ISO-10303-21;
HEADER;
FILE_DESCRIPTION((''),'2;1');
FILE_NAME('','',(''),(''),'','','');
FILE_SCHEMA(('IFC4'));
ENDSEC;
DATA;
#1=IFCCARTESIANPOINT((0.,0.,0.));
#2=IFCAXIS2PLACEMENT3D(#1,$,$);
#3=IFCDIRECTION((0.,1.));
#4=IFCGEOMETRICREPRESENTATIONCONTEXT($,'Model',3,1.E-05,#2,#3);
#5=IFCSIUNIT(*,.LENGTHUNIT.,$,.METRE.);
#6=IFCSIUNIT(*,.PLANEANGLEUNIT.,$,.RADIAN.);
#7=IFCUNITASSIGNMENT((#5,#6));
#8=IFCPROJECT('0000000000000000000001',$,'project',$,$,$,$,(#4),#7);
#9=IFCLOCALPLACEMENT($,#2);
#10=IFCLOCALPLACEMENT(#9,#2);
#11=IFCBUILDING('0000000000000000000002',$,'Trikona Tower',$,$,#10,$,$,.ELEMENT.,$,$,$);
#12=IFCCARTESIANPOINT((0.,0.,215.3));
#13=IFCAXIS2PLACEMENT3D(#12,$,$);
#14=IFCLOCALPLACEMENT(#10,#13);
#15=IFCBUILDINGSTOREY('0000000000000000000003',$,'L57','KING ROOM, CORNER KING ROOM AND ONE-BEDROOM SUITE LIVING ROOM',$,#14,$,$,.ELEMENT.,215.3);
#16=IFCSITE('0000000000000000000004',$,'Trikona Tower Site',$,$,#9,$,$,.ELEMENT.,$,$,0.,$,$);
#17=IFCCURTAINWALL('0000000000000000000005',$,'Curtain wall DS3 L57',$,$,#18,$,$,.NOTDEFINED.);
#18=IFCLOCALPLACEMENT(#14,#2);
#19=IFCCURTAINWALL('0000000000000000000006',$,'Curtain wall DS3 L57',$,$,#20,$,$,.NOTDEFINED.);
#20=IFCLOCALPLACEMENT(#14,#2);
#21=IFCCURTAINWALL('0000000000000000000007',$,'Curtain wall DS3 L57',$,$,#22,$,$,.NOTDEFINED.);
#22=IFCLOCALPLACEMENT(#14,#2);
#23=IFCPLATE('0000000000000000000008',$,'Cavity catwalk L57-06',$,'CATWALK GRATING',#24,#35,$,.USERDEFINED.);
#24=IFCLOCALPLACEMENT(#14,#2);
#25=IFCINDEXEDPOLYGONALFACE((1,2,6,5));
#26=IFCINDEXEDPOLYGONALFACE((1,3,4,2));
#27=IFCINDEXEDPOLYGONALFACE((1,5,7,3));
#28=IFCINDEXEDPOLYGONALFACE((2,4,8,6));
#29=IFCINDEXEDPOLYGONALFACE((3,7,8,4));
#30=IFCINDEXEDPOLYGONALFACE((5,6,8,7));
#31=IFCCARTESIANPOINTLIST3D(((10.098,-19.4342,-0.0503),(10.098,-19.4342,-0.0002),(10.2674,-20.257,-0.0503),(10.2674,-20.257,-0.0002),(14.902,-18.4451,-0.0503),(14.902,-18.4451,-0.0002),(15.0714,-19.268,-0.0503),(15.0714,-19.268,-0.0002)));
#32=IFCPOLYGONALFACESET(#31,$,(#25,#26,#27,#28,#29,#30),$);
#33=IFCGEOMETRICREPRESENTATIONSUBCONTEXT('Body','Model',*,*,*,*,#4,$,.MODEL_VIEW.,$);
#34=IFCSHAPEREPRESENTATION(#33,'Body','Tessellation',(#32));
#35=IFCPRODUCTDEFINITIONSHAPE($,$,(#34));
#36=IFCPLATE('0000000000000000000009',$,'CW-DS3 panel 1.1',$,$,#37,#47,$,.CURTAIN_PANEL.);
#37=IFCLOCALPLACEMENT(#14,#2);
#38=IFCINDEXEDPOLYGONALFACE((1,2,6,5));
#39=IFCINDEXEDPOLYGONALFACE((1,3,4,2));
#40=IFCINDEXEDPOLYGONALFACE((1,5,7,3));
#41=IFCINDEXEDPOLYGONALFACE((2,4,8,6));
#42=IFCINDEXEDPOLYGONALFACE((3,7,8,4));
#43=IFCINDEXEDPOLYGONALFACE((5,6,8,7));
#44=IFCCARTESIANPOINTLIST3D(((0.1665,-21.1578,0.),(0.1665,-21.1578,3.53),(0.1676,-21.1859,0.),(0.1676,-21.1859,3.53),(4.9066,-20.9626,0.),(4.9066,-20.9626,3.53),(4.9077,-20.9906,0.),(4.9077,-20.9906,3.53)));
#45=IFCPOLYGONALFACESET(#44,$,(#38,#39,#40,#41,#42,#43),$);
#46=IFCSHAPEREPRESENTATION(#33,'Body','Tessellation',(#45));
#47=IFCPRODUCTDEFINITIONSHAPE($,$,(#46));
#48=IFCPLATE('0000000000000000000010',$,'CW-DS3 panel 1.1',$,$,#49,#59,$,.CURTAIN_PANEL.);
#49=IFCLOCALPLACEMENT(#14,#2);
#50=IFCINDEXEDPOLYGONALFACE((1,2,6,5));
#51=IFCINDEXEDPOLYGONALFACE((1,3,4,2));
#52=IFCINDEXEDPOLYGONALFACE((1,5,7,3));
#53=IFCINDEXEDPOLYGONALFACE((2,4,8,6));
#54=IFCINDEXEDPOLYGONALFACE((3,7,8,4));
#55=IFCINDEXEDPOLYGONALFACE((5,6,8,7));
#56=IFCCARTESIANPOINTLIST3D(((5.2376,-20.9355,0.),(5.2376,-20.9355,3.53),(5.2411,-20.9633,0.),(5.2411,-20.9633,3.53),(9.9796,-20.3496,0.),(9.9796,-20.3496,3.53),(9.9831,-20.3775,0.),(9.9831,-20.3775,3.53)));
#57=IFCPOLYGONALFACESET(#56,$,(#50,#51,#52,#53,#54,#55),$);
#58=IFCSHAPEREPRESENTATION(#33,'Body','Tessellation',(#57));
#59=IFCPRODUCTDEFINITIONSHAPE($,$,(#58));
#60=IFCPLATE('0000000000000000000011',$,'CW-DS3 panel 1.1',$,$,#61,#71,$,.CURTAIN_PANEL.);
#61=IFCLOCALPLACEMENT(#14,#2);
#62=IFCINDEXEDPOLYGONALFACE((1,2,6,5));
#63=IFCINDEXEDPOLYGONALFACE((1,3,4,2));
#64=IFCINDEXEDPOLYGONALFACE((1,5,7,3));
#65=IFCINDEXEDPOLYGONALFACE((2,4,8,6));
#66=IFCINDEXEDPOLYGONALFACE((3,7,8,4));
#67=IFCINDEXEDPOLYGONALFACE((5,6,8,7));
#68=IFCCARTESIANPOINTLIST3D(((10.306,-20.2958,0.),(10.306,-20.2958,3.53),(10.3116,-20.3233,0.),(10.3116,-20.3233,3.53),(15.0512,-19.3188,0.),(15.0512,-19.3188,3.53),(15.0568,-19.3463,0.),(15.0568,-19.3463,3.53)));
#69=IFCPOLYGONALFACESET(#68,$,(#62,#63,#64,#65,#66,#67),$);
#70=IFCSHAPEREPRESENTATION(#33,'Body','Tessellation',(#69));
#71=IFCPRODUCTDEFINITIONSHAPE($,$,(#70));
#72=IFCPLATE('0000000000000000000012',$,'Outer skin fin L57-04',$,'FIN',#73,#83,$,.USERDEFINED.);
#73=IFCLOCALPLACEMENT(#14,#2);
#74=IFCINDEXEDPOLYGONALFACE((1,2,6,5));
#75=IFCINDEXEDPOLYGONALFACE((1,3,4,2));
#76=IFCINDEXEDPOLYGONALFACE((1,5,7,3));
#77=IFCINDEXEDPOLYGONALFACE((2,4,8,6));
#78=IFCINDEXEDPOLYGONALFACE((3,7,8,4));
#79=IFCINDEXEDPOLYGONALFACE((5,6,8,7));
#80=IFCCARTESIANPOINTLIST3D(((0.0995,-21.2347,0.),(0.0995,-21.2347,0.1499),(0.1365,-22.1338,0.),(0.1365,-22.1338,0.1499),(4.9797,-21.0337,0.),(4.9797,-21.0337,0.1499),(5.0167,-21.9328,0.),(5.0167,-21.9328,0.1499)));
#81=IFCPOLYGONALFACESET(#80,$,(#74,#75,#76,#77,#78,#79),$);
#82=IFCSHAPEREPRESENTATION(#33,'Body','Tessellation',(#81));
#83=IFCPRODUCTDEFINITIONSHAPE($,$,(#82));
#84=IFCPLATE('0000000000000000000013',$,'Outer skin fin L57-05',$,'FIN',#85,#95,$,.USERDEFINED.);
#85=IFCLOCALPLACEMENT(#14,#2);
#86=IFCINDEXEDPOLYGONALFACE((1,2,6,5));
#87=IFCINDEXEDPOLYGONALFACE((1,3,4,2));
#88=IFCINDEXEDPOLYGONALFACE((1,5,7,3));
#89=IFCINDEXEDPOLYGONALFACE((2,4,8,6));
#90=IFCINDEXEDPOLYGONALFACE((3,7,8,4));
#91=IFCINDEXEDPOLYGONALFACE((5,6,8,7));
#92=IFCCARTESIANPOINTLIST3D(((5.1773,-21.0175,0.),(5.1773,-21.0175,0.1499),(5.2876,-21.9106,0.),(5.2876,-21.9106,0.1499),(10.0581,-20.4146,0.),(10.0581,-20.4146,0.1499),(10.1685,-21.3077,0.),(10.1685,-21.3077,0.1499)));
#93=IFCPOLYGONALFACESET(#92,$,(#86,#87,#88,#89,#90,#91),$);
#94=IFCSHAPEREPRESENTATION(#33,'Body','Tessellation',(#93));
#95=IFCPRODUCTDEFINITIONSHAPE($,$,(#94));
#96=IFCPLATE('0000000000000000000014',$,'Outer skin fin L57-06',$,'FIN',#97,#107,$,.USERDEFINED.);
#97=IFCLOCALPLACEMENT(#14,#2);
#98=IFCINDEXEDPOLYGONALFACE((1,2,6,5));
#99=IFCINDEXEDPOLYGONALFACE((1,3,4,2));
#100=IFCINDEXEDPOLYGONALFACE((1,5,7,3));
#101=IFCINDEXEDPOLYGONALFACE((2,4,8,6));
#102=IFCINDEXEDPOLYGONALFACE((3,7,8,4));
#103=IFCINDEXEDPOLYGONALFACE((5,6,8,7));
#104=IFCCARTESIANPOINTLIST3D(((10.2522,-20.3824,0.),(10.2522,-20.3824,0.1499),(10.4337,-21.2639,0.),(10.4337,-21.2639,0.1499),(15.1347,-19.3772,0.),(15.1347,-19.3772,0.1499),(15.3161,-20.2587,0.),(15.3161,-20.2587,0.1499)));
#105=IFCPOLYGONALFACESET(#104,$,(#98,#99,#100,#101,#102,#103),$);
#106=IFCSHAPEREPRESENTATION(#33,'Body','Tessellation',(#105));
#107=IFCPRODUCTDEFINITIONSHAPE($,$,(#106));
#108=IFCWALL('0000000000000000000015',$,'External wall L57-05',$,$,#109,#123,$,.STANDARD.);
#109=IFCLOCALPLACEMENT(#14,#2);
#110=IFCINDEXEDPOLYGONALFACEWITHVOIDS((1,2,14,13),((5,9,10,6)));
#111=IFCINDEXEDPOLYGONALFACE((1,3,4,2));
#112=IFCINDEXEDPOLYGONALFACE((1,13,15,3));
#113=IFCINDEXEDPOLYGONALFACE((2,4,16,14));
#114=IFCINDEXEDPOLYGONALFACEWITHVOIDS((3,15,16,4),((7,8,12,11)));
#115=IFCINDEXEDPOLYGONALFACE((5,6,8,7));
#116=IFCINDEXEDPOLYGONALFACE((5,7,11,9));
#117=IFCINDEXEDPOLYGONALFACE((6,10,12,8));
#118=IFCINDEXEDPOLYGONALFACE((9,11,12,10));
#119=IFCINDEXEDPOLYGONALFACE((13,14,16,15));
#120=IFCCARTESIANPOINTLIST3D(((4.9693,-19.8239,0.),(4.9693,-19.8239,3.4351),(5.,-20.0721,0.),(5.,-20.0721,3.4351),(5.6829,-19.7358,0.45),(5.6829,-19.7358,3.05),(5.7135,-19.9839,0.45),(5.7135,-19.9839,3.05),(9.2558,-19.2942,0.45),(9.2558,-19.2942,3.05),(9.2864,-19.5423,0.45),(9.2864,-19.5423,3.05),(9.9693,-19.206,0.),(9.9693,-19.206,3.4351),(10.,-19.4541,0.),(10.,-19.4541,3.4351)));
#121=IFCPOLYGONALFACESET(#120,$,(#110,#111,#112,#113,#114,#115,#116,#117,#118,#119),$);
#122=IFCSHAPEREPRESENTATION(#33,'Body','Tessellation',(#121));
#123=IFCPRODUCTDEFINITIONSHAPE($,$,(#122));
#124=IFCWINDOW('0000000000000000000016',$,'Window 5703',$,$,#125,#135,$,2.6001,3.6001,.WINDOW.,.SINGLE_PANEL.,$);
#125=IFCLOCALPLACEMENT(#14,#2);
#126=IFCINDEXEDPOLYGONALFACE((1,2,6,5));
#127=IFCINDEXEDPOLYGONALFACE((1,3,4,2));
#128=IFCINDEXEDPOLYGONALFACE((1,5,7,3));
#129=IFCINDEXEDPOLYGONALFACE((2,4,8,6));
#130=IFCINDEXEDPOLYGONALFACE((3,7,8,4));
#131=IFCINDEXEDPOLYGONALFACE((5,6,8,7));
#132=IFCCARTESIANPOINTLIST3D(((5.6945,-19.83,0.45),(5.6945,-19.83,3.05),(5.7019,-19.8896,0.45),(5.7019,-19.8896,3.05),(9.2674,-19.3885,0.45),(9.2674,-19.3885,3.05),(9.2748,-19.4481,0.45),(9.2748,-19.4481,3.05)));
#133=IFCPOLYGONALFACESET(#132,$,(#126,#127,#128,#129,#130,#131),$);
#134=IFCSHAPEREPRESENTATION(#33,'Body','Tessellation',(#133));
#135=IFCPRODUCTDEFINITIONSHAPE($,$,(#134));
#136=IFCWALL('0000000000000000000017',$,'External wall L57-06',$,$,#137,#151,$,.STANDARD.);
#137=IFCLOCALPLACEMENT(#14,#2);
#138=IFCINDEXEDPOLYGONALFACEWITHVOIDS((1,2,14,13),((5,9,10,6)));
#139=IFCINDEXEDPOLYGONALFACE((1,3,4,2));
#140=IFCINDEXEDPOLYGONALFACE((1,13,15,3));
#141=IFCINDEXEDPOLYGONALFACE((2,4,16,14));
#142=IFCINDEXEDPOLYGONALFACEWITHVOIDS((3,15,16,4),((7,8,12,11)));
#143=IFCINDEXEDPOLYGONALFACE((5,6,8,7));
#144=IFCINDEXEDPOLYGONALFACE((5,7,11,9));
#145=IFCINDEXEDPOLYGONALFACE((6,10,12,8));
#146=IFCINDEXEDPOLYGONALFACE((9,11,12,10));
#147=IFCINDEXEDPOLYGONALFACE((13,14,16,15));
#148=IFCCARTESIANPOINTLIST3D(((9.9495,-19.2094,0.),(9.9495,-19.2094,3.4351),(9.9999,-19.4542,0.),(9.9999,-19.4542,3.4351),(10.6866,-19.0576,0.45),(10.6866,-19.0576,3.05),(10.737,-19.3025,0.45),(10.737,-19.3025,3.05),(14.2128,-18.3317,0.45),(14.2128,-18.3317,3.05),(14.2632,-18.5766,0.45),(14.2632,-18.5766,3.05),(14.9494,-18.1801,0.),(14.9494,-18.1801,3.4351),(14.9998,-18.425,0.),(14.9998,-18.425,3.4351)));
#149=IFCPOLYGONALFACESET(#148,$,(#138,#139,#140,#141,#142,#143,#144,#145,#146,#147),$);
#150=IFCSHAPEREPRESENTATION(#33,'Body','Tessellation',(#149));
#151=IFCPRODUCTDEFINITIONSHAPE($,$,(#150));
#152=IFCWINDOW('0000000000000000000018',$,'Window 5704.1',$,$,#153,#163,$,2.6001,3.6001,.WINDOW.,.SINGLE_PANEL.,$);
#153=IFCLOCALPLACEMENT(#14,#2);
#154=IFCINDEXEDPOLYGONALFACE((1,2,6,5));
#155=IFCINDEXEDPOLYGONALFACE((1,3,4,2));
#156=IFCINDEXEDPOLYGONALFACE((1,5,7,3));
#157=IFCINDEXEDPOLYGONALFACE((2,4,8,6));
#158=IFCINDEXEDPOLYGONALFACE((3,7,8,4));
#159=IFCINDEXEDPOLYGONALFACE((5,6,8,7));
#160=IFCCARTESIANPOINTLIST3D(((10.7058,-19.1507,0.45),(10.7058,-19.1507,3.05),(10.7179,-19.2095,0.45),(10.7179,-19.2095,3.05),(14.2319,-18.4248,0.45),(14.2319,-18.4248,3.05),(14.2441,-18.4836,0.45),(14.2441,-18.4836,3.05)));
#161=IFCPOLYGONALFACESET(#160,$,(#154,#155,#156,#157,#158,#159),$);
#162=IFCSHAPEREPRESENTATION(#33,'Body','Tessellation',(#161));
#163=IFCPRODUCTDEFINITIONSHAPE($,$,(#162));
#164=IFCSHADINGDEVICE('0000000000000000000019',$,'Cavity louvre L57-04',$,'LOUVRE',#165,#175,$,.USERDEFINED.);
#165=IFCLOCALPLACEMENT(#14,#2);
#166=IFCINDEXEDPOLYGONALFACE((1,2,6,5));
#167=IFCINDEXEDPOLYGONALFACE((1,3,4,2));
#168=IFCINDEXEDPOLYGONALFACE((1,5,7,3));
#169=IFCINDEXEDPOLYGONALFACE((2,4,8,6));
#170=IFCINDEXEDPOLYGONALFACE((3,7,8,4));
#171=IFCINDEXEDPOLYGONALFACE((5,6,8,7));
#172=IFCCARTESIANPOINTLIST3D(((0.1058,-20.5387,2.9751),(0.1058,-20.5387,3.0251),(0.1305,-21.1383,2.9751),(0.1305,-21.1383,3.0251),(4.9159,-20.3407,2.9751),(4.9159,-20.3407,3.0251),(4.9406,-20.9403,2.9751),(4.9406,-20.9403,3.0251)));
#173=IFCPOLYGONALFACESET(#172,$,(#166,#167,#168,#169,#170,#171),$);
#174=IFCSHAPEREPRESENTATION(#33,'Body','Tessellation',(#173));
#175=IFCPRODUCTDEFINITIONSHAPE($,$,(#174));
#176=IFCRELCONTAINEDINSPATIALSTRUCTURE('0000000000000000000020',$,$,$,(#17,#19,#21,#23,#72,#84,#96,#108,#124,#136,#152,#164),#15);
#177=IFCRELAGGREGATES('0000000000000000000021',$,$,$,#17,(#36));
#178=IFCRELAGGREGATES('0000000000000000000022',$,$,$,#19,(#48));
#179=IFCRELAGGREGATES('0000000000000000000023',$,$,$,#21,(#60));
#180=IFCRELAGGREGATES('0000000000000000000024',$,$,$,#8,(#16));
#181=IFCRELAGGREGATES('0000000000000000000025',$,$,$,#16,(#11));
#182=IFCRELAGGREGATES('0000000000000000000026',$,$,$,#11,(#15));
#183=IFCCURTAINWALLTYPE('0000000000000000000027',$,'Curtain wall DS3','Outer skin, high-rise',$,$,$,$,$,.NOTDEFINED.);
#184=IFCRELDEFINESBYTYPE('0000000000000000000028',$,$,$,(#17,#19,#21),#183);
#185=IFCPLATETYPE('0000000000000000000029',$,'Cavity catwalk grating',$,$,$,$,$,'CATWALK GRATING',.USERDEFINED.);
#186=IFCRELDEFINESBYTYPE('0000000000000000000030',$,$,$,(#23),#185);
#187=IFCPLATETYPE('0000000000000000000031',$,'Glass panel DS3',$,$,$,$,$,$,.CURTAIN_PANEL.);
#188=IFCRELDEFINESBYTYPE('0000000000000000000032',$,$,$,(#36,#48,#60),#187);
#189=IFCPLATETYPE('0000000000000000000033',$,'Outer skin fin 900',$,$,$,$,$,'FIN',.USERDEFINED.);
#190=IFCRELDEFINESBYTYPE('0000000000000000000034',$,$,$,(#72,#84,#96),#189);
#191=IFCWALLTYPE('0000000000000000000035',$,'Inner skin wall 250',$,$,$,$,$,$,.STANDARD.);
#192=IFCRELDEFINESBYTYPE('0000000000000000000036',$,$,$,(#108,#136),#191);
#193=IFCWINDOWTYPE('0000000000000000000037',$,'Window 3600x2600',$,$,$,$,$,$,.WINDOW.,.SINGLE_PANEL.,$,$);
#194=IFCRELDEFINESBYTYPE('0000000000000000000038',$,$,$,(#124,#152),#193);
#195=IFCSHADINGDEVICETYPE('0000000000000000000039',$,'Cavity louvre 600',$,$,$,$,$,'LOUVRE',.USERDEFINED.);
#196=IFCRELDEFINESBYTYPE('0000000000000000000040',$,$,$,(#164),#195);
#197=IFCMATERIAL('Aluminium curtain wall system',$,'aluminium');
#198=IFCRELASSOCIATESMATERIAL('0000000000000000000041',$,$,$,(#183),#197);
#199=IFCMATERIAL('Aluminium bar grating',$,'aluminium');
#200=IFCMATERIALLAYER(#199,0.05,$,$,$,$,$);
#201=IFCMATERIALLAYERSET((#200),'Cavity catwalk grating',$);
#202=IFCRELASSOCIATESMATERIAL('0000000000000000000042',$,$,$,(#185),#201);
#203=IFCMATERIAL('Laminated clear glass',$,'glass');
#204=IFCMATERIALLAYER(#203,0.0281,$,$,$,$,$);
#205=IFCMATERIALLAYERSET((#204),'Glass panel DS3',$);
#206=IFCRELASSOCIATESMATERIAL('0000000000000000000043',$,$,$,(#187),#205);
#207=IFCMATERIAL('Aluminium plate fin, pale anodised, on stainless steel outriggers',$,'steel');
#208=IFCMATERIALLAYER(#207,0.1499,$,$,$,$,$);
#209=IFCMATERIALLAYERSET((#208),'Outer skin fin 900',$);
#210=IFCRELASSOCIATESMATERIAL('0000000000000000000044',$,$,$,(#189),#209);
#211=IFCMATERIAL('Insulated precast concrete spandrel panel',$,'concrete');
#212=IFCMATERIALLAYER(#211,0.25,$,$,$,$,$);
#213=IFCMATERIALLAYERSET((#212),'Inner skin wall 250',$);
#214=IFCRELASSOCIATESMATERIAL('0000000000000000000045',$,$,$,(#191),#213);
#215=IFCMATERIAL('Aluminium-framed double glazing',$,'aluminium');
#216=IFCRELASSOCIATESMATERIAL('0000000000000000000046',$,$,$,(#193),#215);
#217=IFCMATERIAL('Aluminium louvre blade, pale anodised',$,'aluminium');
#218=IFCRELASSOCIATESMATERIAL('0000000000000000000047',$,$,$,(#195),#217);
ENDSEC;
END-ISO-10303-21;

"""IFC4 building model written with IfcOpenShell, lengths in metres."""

from ifc_helpers import new_model, si_unit, direction, frame, frame_2d, origin, origin_2d, place, context, subcontext, project, spatial, rectangle, extrude, material, layer, layer_set, type_object, element, fill, aggregate, save


model = new_model("IFC4")

# Units and contexts
model_context = context("Model", 3, precision=1e-05, world=origin(), true_north=direction((0.0, 1.0)))
body_context = subcontext(model_context, "Body", "Model", "MODEL_VIEW")
ifc_project = project(units=[si_unit("LENGTHUNIT", "METRE"), si_unit("PLANEANGLEUNIT", "RADIAN")], contexts=[model_context])

# Site, building, storey
site_placement = place(None, origin())
site = spatial("IfcSite", under=ifc_project, at=site_placement, Name="Trikona Tower Site", CompositionType="ELEMENT", RefElevation=0.0)
building_placement = place(site_placement, origin())
building = spatial("IfcBuilding", under=site, at=building_placement, Name="Trikona Tower", CompositionType="ELEMENT")
storey_placement = place(building_placement, frame((0.0, 0.0, 215.3)))
storey = spatial("IfcBuildingStorey", under=building, at=storey_placement, Name="L57", Description="KING ROOM, CORNER KING ROOM AND ONE-BEDROOM SUITE LIVING ROOM", CompositionType="ELEMENT", Elevation=215.3)

# Curtain walls
ifc_material_1 = material(Name="Aluminium curtain wall system", Category="aluminium")
curtain_wall_type = type_object("IfcCurtainWallType", Name="Curtain wall DS3", Description="Outer skin, high-rise", PredefinedType="NOTDEFINED", material=ifc_material_1)
curtain_wall_1_placement = place(storey_placement, origin())
curtain_wall_1 = element("IfcCurtainWall", 1, at=curtain_wall_1_placement, inside=storey, type_object=curtain_wall_type, Name="Curtain wall DS3 L57", PredefinedType="NOTDEFINED")
curtain_wall_2_placement = place(storey_placement, origin())
curtain_wall_2 = element("IfcCurtainWall", 2, at=curtain_wall_2_placement, inside=storey, type_object=curtain_wall_type, Name="Curtain wall DS3 L57", PredefinedType="NOTDEFINED")

# Curtain wall
curtain_wall_3_placement = place(storey_placement, origin())
curtain_wall_3 = element("IfcCurtainWall", 3, at=curtain_wall_3_placement, inside=storey, type_object=curtain_wall_type, Name="Curtain wall DS3 L57", PredefinedType="NOTDEFINED")

# Plate
ifc_material_2 = material(Name="Aluminium bar grating", Category="aluminium")
ifc_layer_1 = layer(ifc_material_2, 0.05)
ifc_layer_set_1 = layer_set([ifc_layer_1], Name="Cavity catwalk grating")
plate_type_1 = type_object("IfcPlateType", Name="Cavity catwalk grating", ElementType="CATWALK GRATING", PredefinedType="USERDEFINED", material=ifc_layer_set_1)
plate_1_placement = place(storey_placement, frame((12.5847, -19.3511, -0.0503), z_axis=(0.0, 0.0, 1.0), x_axis=(0.979458, 0.201651, 0.0)))
element("IfcPlate", 4, at=plate_1_placement, inside=storey, type_object=plate_type_1, Name="Cavity catwalk L57-06", ObjectType="CATWALK GRATING", PredefinedType="USERDEFINED", context=body_context, shape_type="SweptSolid", body=[
    extrude(rectangle(XDim=4.9048, YDim=0.8401, at=origin_2d()), origin(), (0.0, 0.0, 1.0), 0.05),
])

# Plates
ifc_material_3 = material(Name="Laminated clear glass", Category="glass")
ifc_layer_2 = layer(ifc_material_3, 0.0281)
ifc_layer_set_2 = layer_set([ifc_layer_2], Name="Glass panel DS3")
plate_type_2 = type_object("IfcPlateType", Name="Glass panel DS3", PredefinedType="CURTAIN_PANEL", material=ifc_layer_set_2)
plate_2_placement = place(storey_placement, frame((2.5371, -21.0742, 0.0), z_axis=(0.0, 0.0, 1.0), x_axis=(0.999153, 0.041153, 0.0)))
plate_2 = element("IfcPlate", 5, at=plate_2_placement, type_object=plate_type_2, Name="CW-DS3 panel 1.1", PredefinedType="CURTAIN_PANEL", context=body_context, shape_type="SweptSolid", body=[
    extrude(rectangle(XDim=4.7441, YDim=0.0281, at=origin_2d()), origin(), (0.0, 0.0, 1.0), 3.53),
])
aggregate(curtain_wall_1, [plate_2])
plate_3_placement = place(storey_placement, frame((7.6104, -20.6565, 0.0), z_axis=(0.0, 0.0, 1.0), x_axis=(0.992455, 0.122611, 0.0)))
plate_3 = element("IfcPlate", 6, at=plate_3_placement, type_object=plate_type_2, Name="CW-DS3 panel 1.1", PredefinedType="CURTAIN_PANEL", context=body_context, shape_type="SweptSolid", body=[
    extrude(rectangle(XDim=4.7781, YDim=0.0281, at=origin_2d()), origin(), (0.0, 0.0, 1.0), 3.53),
])
aggregate(curtain_wall_2, [plate_3])
plate_4_placement = place(storey_placement, frame((12.6814, -19.821, 0.0), z_axis=(0.0, 0.0, 1.0), x_axis=(0.979457, 0.201653, 0.0)))
plate_4 = element("IfcPlate", 7, at=plate_4_placement, type_object=plate_type_2, Name="CW-DS3 panel 1.1", PredefinedType="CURTAIN_PANEL", context=body_context, shape_type="SweptSolid", body=[
    extrude(rectangle(XDim=4.8447, YDim=0.0281, at=origin_2d()), origin(), (0.0, 0.0, 1.0), 3.53),
])
aggregate(curtain_wall_3, [plate_4])

# Plates
ifc_material_4 = material(Name="Aluminium plate fin, pale anodised, on stainless steel outriggers", Category="steel")
ifc_layer_3 = layer(ifc_material_4, 0.1499)
ifc_layer_set_3 = layer_set([ifc_layer_3], Name="Outer skin fin 900")
plate_type_3 = type_object("IfcPlateType", Name="Outer skin fin 900", ElementType="FIN", PredefinedType="USERDEFINED", material=ifc_layer_set_3)
plate_5_placement = place(storey_placement, frame((2.5581, -21.5837, 0.0), z_axis=(0.0, 0.0, 1.0), x_axis=(0.999153, 0.041145, 0.0)))
element("IfcPlate", 8, at=plate_5_placement, inside=storey, type_object=plate_type_3, Name="Outer skin fin L57-04", ObjectType="FIN", PredefinedType="USERDEFINED", context=body_context, shape_type="SweptSolid", body=[
    extrude(rectangle(XDim=4.8843, YDim=0.8999, at=origin_2d()), origin(), (0.0, 0.0, 1.0), 0.1499),
])
plate_6_placement = place(storey_placement, frame((7.6729, -21.1626, 0.0), z_axis=(0.0, 0.0, 1.0), x_axis=(0.992455, 0.122607, 0.0)))
element("IfcPlate", 9, at=plate_6_placement, inside=storey, type_object=plate_type_3, Name="Outer skin fin L57-05", ObjectType="FIN", PredefinedType="USERDEFINED", context=body_context, shape_type="SweptSolid", body=[
    extrude(rectangle(XDim=4.918, YDim=0.8999, at=origin_2d()), origin(), (0.0, 0.0, 1.0), 0.1499),
])
plate_7_placement = place(storey_placement, frame((12.7842, -20.3206, 0.0), z_axis=(0.0, 0.0, 1.0), x_axis=(0.979458, 0.201651, 0.0)))
element("IfcPlate", 10, at=plate_7_placement, inside=storey, type_object=plate_type_3, Name="Outer skin fin L57-06", ObjectType="FIN", PredefinedType="USERDEFINED", context=body_context, shape_type="SweptSolid", body=[
    extrude(rectangle(XDim=4.9849, YDim=0.8999, at=origin_2d()), origin(), (0.0, 0.0, 1.0), 0.1499),
])

# Walls, openings, windows
ifc_material_5 = material(Name="Insulated precast concrete spandrel panel", Category="concrete")
ifc_layer_4 = layer(ifc_material_5, 0.25)
ifc_layer_set_4 = layer_set([ifc_layer_4], Name="Inner skin wall 250")
wall_type = type_object("IfcWallType", Name="Inner skin wall 250", PredefinedType="STANDARD", material=ifc_layer_set_4)
wall_1_placement = place(storey_placement, frame((4.9846, -19.948, 0.0), z_axis=(0.0, 0.0, 1.0), x_axis=(0.99245, 0.122651, 0.0)))
wall_1 = element("IfcWall", 11, at=wall_1_placement, inside=storey, type_object=wall_type, Name="External wall L57-05", PredefinedType="STANDARD", context=body_context, shape_type="SweptSolid", body=[
    extrude(rectangle(XDim=5.0381, YDim=0.25, at=frame_2d((2.519, 0.0))), origin(), (0.0, 0.0, 1.0), 3.4351),
])
opening_1_placement = place(wall_1_placement, frame((0.719, 0.0, 0.45)))
opening_1 = element("IfcOpeningElement", 12, at=opening_1_placement, cuts=wall_1, PredefinedType="OPENING", context=body_context, shape_type="SweptSolid", body=[
    extrude(rectangle(XDim=3.6001, YDim=2.6001, at=frame_2d((1.8, 1.3))), frame((0.0, 0.135, 0.0), z_axis=(0.0, -1.0, 0.0), x_axis=(1.0, 0.0, 0.0)), (0.0, 0.0, 1.0), 0.27),
])
ifc_material_6 = material(Name="Aluminium-framed double glazing", Category="aluminium")
window_type = type_object("IfcWindowType", Name="Window 3600x2600", PartitioningType="SINGLE_PANEL", PredefinedType="WINDOW", material=ifc_material_6)
window_1_placement = place(opening_1_placement, origin())
window_1 = element("IfcWindow", 13, at=window_1_placement, inside=storey, type_object=window_type, Name="Window 5703", OverallHeight=2.6001, OverallWidth=3.6001, PartitioningType="SINGLE_PANEL", PredefinedType="WINDOW", context=body_context, shape_type="SweptSolid", body=[
    extrude(rectangle(XDim=3.6001, YDim=2.6001, at=frame_2d((1.8, 1.3))), frame((0.0, 0.03, 0.0), z_axis=(0.0, -1.0, 0.0), x_axis=(1.0, 0.0, 0.0)), (0.0, 0.0, 1.0), 0.0601),
])
fill(opening_1, window_1)
wall_2_placement = place(storey_placement, frame((9.9749, -19.3318, 0.0), z_axis=(0.0, 0.0, 1.0), x_axis=(0.979461, 0.201631, 0.0)))
wall_2 = element("IfcWall", 14, at=wall_2_placement, inside=storey, type_object=wall_type, Name="External wall L57-06", PredefinedType="STANDARD", context=body_context, shape_type="SweptSolid", body=[
    extrude(rectangle(XDim=5.1047, YDim=0.25, at=frame_2d((2.5522, 0.0))), origin(), (0.0, 0.0, 1.0), 3.4351),
])
opening_2_placement = place(wall_2_placement, frame((0.7524, 0.0, 0.45)))
opening_2 = element("IfcOpeningElement", 15, at=opening_2_placement, cuts=wall_2, PredefinedType="OPENING", context=body_context, shape_type="SweptSolid", body=[
    extrude(rectangle(XDim=3.6001, YDim=2.6001, at=frame_2d((1.8, 1.3))), frame((0.0, 0.135, 0.0), z_axis=(0.0, -1.0, 0.0), x_axis=(1.0, 0.0, 0.0)), (0.0, 0.0, 1.0), 0.27),
])
window_2_placement = place(opening_2_placement, origin())
window_2 = element("IfcWindow", 16, at=window_2_placement, inside=storey, type_object=window_type, Name="Window 5704.1", OverallHeight=2.6001, OverallWidth=3.6001, PartitioningType="SINGLE_PANEL", PredefinedType="WINDOW", context=body_context, shape_type="SweptSolid", body=[
    extrude(rectangle(XDim=3.6001, YDim=2.6001, at=frame_2d((1.8, 1.3))), frame((0.0, 0.03, 0.0), z_axis=(0.0, -1.0, 0.0), x_axis=(1.0, 0.0, 0.0)), (0.0, 0.0, 1.0), 0.0601),
])
fill(opening_2, window_2)

# Shading device
ifc_material_7 = material(Name="Aluminium louvre blade, pale anodised", Category="aluminium")
shading_device_type = type_object("IfcShadingDeviceType", Name="Cavity louvre 600", ElementType="LOUVRE", PredefinedType="USERDEFINED", material=ifc_material_7)
shading_device_1_placement = place(storey_placement, frame((2.5232, -20.7395, 2.9751), z_axis=(0.0, 0.0, 1.0), x_axis=(0.999153, 0.041145, 0.0)))
element("IfcShadingDevice", 17, at=shading_device_1_placement, inside=storey, type_object=shading_device_type, Name="Cavity louvre L57-04", ObjectType="LOUVRE", PredefinedType="USERDEFINED", context=body_context, shape_type="SweptSolid", body=[
    extrude(rectangle(XDim=4.8142, YDim=0.6001, at=origin_2d()), origin(), (0.0, 0.0, 1.0), 0.05),
])

save(model, "model.ifc")
